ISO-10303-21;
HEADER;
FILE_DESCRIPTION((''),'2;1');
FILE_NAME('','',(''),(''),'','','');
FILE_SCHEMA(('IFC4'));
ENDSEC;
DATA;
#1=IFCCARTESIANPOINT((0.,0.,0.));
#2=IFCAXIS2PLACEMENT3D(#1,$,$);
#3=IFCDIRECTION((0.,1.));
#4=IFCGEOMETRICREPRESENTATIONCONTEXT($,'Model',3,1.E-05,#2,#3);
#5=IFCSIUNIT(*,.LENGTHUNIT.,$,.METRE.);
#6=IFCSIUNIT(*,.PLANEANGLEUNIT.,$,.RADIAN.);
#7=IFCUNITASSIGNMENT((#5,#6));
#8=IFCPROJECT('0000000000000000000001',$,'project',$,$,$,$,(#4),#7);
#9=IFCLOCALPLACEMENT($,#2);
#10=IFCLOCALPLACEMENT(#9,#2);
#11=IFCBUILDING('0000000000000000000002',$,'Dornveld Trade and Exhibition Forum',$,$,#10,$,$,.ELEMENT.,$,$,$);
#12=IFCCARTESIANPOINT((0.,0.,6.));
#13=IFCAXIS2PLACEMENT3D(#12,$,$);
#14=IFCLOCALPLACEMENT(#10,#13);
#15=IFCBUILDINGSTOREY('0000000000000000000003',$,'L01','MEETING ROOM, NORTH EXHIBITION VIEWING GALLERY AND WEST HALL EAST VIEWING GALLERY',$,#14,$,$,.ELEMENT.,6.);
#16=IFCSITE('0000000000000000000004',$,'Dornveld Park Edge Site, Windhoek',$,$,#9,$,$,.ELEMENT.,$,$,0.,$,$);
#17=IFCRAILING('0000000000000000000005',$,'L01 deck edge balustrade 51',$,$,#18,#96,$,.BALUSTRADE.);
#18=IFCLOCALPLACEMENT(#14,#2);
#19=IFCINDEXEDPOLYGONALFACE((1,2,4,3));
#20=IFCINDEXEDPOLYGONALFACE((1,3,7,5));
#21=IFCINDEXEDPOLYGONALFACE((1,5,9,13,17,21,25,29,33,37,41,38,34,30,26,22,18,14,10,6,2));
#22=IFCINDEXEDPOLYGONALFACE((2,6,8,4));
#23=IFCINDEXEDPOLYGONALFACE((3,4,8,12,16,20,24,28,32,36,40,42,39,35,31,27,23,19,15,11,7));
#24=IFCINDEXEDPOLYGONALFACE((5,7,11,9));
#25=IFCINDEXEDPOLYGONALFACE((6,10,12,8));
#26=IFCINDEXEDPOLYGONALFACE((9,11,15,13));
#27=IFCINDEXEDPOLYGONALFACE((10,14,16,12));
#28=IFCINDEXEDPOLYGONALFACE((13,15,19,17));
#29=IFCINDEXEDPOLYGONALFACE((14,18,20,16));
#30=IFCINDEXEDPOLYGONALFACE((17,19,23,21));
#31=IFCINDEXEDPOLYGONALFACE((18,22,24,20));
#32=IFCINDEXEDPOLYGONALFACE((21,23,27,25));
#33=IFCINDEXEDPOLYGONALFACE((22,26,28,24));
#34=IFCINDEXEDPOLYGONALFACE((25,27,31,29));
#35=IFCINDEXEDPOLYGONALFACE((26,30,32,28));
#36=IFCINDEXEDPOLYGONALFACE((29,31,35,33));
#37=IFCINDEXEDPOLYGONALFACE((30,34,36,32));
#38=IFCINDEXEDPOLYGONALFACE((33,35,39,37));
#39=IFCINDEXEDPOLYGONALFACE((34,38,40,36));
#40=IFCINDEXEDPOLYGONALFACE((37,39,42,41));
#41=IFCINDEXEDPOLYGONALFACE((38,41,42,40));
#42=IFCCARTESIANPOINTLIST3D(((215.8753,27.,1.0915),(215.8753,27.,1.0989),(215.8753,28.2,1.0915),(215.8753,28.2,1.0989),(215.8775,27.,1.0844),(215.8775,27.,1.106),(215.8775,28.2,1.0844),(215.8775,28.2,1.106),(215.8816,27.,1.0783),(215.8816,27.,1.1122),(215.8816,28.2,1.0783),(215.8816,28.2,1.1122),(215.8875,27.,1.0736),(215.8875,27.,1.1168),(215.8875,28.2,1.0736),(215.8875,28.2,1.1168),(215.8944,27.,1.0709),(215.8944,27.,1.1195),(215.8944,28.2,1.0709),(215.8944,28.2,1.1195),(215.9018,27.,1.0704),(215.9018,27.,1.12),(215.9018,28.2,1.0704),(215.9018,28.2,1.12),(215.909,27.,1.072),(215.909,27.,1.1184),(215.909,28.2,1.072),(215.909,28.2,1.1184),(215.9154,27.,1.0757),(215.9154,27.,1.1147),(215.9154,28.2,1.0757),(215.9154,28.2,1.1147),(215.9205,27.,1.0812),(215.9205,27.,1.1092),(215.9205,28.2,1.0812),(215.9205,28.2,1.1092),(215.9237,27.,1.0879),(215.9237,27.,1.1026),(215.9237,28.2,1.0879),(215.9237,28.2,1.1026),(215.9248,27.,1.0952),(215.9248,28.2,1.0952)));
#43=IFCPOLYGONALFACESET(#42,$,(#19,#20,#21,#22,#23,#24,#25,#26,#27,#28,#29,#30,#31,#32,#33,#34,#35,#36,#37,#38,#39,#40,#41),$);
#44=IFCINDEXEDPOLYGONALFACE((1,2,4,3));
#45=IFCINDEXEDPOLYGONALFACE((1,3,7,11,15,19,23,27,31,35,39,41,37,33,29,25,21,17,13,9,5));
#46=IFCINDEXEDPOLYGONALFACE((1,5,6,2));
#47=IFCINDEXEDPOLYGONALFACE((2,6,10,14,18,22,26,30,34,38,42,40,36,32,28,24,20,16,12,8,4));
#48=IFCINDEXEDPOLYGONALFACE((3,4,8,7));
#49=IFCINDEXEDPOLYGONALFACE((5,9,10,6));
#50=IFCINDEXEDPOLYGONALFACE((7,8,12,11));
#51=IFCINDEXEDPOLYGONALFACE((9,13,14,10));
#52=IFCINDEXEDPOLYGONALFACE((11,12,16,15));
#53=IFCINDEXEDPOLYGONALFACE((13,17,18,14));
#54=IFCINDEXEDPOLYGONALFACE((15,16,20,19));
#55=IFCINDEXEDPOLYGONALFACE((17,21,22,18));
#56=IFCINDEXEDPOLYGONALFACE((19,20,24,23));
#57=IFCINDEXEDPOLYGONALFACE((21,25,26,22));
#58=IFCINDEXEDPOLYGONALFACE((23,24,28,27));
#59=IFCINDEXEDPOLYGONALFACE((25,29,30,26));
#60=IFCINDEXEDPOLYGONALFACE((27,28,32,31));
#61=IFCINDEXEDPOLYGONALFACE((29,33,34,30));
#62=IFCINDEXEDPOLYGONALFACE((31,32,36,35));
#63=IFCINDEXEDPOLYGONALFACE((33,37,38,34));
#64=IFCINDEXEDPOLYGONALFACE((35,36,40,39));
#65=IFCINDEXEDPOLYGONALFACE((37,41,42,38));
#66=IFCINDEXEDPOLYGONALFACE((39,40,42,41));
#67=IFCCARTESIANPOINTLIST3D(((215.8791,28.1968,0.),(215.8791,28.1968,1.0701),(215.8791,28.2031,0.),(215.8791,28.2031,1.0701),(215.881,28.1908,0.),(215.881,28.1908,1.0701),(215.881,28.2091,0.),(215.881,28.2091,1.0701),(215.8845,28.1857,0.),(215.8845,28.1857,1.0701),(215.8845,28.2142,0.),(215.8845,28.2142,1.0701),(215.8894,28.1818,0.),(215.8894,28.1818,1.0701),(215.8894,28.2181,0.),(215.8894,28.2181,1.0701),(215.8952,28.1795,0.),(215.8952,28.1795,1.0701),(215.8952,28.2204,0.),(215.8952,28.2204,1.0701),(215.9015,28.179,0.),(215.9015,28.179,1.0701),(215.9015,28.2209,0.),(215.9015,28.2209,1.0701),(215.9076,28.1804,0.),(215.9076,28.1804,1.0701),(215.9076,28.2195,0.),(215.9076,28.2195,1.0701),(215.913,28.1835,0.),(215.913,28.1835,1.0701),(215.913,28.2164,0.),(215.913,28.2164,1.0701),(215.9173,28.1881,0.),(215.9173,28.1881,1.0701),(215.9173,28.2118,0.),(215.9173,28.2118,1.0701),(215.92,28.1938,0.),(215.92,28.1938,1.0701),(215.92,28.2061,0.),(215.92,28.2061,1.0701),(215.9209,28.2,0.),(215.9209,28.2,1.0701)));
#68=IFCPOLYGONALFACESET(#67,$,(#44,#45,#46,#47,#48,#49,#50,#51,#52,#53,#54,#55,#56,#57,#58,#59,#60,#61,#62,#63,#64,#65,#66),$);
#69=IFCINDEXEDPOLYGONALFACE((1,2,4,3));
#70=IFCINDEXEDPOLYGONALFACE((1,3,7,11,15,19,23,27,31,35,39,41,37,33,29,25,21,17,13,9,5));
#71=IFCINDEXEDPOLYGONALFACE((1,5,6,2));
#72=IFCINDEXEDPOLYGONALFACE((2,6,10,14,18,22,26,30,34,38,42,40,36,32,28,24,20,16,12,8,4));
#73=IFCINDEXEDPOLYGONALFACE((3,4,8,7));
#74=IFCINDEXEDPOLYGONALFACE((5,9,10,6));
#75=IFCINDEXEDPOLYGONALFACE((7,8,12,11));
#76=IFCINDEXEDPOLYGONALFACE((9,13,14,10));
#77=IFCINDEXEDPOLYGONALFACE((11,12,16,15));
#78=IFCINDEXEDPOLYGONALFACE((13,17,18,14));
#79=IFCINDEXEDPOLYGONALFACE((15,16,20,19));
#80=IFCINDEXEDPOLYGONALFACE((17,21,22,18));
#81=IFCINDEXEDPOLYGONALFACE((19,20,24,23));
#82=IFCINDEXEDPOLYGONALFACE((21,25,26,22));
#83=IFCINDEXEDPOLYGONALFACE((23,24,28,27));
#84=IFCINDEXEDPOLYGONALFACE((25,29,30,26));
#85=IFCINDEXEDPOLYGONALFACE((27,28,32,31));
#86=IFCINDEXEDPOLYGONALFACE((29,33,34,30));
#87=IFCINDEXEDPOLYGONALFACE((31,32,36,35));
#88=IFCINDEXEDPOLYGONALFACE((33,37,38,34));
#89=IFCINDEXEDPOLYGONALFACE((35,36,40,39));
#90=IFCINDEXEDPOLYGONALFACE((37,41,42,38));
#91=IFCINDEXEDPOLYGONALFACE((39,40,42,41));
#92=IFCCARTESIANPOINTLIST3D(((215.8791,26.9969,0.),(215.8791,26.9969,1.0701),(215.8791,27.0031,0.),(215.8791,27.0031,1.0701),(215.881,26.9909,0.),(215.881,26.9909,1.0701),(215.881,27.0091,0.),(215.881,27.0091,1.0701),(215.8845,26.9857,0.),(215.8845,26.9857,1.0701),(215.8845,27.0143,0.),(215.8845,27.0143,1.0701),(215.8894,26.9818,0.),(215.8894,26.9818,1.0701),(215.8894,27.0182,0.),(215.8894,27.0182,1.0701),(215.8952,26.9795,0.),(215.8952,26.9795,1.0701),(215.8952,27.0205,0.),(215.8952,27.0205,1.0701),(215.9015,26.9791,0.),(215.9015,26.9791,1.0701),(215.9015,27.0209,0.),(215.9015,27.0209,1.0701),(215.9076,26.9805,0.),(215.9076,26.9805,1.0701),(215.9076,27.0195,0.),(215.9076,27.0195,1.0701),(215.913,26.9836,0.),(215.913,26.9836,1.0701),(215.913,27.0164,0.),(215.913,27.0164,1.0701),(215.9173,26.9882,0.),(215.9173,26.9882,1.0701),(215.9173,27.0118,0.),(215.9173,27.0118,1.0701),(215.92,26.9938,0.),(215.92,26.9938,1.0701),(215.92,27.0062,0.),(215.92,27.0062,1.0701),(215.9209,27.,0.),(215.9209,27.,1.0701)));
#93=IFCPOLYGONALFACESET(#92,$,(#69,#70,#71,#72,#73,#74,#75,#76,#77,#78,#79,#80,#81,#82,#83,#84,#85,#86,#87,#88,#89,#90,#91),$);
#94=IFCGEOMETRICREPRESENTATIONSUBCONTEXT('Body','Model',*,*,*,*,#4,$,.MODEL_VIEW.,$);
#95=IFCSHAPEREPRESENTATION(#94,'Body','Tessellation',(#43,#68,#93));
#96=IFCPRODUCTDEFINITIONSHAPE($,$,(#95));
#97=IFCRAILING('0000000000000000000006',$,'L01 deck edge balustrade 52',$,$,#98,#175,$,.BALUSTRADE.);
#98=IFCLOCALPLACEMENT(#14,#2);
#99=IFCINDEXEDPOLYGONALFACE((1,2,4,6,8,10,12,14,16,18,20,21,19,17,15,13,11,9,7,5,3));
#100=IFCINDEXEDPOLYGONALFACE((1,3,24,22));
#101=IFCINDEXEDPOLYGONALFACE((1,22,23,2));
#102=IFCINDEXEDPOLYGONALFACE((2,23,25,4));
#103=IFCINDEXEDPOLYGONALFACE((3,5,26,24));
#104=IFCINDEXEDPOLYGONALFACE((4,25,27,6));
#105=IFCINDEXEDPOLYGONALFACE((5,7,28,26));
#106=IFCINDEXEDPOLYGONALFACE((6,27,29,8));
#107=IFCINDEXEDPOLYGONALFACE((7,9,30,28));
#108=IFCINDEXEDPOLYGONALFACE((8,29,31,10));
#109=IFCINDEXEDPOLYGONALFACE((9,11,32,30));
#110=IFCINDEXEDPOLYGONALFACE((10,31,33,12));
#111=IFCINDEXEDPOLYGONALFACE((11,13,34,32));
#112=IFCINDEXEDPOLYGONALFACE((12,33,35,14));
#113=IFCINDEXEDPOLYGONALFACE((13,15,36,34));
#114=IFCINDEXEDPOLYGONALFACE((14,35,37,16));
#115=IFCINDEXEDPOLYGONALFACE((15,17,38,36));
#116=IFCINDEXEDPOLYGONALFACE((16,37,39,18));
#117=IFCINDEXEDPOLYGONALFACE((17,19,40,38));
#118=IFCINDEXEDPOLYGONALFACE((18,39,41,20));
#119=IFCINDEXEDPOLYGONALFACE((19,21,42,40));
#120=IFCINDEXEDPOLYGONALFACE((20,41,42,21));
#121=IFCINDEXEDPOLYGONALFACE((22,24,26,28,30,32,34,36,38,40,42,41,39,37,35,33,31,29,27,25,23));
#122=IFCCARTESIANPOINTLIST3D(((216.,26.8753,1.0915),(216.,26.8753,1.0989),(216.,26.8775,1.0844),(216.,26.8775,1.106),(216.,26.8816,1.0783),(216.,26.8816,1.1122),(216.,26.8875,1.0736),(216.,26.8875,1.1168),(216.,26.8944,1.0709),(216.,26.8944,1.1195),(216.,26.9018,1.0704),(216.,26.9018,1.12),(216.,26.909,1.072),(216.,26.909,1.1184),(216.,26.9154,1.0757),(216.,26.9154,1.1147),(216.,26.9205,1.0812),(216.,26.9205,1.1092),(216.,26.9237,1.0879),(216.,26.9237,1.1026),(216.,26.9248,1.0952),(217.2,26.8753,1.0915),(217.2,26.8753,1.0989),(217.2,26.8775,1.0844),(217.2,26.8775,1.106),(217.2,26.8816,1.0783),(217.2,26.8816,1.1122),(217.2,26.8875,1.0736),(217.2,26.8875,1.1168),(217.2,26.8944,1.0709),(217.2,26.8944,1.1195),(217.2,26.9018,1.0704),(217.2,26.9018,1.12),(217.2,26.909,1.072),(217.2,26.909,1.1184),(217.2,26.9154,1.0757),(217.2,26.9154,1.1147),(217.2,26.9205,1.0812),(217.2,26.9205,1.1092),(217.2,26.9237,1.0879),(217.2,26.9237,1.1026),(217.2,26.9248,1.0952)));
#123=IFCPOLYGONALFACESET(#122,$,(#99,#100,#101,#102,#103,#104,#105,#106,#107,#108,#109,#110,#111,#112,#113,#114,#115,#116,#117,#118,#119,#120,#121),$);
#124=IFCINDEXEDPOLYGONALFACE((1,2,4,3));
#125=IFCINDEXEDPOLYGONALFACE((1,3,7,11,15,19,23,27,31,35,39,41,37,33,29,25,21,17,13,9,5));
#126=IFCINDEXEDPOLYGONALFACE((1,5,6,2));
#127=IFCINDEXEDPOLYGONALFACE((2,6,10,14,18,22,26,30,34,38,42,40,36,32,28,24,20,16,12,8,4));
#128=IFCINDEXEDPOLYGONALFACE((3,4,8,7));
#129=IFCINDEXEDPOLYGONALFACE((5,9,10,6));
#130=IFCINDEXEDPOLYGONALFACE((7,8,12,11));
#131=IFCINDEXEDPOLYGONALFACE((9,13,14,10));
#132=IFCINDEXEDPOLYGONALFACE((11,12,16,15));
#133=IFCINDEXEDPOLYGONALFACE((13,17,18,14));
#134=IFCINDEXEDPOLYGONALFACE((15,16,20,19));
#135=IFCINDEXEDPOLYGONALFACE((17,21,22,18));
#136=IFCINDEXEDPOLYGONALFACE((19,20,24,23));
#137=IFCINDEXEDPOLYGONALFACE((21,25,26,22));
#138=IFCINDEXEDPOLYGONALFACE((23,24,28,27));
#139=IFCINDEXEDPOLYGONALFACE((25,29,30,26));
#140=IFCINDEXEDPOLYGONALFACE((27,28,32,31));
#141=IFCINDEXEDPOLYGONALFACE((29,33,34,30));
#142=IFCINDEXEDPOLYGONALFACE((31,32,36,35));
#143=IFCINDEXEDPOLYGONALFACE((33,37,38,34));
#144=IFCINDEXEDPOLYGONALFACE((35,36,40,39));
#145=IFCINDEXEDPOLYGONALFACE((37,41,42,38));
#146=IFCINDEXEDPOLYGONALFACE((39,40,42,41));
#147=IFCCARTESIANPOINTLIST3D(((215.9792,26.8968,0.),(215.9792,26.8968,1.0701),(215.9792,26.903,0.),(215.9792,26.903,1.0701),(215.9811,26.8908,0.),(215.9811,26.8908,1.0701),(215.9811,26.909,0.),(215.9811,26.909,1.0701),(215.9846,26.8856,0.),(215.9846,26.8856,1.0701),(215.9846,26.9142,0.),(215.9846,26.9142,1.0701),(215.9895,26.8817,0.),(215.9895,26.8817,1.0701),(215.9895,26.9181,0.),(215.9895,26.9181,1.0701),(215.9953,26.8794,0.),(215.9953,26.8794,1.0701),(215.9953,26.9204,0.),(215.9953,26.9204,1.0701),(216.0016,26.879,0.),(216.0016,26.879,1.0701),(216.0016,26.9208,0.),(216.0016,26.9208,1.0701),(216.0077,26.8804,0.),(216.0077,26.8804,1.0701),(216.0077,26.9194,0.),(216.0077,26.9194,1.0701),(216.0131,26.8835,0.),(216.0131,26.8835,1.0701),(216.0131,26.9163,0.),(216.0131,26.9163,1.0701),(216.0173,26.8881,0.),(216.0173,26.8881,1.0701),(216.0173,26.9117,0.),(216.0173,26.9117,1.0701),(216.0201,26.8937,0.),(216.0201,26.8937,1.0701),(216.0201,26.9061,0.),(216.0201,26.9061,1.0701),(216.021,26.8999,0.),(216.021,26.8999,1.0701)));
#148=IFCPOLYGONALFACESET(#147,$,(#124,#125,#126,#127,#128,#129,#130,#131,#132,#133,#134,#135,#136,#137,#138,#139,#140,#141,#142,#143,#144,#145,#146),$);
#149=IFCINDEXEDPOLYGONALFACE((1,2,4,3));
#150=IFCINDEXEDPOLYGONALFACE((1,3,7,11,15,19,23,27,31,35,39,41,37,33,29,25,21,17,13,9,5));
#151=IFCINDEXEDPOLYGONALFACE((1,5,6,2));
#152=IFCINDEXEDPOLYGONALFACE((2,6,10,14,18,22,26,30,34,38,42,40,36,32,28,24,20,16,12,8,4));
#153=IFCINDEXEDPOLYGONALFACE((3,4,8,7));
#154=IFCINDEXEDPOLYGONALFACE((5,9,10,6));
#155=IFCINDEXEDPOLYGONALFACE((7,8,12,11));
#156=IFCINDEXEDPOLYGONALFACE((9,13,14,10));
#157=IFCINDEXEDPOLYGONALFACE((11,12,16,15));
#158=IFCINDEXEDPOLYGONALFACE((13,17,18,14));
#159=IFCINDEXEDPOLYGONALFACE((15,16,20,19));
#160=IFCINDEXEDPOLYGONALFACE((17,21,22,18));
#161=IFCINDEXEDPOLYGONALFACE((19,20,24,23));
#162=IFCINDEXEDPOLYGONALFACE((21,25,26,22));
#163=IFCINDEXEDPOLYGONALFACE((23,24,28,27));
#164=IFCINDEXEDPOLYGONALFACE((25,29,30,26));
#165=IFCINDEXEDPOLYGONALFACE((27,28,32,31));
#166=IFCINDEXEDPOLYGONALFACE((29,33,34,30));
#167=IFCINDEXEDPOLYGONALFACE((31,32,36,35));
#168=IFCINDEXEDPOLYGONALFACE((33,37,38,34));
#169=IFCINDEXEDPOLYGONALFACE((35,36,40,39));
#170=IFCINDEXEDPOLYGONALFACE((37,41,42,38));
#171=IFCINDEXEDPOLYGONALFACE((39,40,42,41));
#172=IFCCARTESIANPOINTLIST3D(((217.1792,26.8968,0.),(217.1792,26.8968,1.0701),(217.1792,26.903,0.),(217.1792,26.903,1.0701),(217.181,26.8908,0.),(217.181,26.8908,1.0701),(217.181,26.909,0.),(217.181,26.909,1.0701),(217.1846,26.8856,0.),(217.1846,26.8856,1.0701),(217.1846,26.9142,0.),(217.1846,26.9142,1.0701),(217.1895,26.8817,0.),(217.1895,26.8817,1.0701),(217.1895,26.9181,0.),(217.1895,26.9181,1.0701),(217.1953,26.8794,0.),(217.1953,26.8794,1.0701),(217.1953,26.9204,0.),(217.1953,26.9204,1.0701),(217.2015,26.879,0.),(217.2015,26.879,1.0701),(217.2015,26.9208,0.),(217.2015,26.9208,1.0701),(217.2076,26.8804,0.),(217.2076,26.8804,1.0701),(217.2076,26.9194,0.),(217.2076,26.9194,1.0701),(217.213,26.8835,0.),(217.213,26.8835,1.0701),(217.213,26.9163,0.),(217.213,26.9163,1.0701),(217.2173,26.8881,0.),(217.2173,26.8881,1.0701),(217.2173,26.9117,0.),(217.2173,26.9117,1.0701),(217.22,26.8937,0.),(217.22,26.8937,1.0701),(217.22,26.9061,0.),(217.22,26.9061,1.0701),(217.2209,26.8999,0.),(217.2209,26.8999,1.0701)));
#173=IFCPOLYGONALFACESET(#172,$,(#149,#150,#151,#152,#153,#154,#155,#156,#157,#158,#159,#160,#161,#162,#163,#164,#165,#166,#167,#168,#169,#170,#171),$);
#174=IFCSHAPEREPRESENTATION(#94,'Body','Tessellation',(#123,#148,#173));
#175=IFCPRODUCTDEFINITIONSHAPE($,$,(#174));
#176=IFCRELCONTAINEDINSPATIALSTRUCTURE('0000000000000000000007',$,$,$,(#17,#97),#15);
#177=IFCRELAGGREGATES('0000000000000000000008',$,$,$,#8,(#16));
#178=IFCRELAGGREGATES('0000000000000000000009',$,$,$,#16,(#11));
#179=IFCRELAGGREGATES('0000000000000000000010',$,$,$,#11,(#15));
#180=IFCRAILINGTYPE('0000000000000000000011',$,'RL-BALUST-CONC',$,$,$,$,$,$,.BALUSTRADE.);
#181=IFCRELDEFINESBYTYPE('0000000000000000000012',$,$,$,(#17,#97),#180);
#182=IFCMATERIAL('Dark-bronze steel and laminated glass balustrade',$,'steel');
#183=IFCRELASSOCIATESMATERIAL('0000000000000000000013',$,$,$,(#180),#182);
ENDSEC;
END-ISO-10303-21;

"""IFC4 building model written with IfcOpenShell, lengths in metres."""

from ifc_helpers import new_model, si_unit, direction, frame, origin, origin_2d, place, context, subcontext, project, spatial, circle, extrude, material, type_object, element, save


model = new_model("IFC4")

# Units and contexts
model_context = context("Model", 3, precision=1e-05, world=origin(), true_north=direction((0.0, 1.0)))
body_context = subcontext(model_context, "Body", "Model", "MODEL_VIEW")
ifc_project = project(units=[si_unit("LENGTHUNIT", "METRE"), si_unit("PLANEANGLEUNIT", "RADIAN")], contexts=[model_context])

# Site, building, storey
site_placement = place(None, origin())
site = spatial("IfcSite", under=ifc_project, at=site_placement, Name="Dornveld Park Edge Site, Windhoek", CompositionType="ELEMENT", RefElevation=0.0)
building_placement = place(site_placement, origin())
building = spatial("IfcBuilding", under=site, at=building_placement, Name="Dornveld Trade and Exhibition Forum", CompositionType="ELEMENT")
storey_placement = place(building_placement, frame((0.0, 0.0, 6.0)))
storey = spatial("IfcBuildingStorey", under=building, at=storey_placement, Name="L01", Description="MEETING ROOM, NORTH EXHIBITION VIEWING GALLERY AND WEST HALL EAST VIEWING GALLERY", CompositionType="ELEMENT", Elevation=6.0)

# Railings
ifc_material_1 = material(Name="Dark-bronze steel and laminated glass balustrade", Category="steel")
railing_type_1 = type_object("IfcRailingType", Name="RL-BALUST-CONC", PredefinedType="BALUSTRADE", material=ifc_material_1)
railing_1_placement = place(storey_placement, frame((215.8999, 28.2, 0.0)))
element("IfcRailing", 1, at=railing_1_placement, inside=storey, type_object=railing_type_1, Name="L01 deck edge balustrade 51", PredefinedType="BALUSTRADE", context=body_context, shape_type="SweptSolid", body=[
    extrude(circle(Radius=0.0249, at=origin_2d()), frame((0.0, 0.0, 1.0952), z_axis=(0.0, -1.0, 0.0), x_axis=(1.0, 0.0, 0.0)), (0.0, 0.0, 1.0), 1.2),
    extrude(circle(Radius=0.021, at=origin_2d()), origin(), (0.0, 0.0, 1.0), 1.0701),
    extrude(circle(Radius=0.021, at=origin_2d()), frame((0.0, -1.2, 0.0)), (0.0, 0.0, 1.0), 1.0701),
])
railing_2_placement = place(storey_placement, frame((216.0, 26.8999, 0.0)))
element("IfcRailing", 2, at=railing_2_placement, inside=storey, type_object=railing_type_1, Name="L01 deck edge balustrade 52", PredefinedType="BALUSTRADE", context=body_context, shape_type="SweptSolid", body=[
    extrude(circle(Radius=0.0249, at=origin_2d()), frame((0.0, 0.0, 1.0952), z_axis=(1.0, 0.0, 0.0), x_axis=(0.0, 1.0, 0.0)), (0.0, 0.0, 1.0), 1.2),
    extrude(circle(Radius=0.021, at=origin_2d()), origin(), (0.0, 0.0, 1.0), 1.0701),
    extrude(circle(Radius=0.021, at=origin_2d()), frame((1.2, 0.0, 0.0)), (0.0, 0.0, 1.0), 1.0701),
])

save(model, "model.ifc")
